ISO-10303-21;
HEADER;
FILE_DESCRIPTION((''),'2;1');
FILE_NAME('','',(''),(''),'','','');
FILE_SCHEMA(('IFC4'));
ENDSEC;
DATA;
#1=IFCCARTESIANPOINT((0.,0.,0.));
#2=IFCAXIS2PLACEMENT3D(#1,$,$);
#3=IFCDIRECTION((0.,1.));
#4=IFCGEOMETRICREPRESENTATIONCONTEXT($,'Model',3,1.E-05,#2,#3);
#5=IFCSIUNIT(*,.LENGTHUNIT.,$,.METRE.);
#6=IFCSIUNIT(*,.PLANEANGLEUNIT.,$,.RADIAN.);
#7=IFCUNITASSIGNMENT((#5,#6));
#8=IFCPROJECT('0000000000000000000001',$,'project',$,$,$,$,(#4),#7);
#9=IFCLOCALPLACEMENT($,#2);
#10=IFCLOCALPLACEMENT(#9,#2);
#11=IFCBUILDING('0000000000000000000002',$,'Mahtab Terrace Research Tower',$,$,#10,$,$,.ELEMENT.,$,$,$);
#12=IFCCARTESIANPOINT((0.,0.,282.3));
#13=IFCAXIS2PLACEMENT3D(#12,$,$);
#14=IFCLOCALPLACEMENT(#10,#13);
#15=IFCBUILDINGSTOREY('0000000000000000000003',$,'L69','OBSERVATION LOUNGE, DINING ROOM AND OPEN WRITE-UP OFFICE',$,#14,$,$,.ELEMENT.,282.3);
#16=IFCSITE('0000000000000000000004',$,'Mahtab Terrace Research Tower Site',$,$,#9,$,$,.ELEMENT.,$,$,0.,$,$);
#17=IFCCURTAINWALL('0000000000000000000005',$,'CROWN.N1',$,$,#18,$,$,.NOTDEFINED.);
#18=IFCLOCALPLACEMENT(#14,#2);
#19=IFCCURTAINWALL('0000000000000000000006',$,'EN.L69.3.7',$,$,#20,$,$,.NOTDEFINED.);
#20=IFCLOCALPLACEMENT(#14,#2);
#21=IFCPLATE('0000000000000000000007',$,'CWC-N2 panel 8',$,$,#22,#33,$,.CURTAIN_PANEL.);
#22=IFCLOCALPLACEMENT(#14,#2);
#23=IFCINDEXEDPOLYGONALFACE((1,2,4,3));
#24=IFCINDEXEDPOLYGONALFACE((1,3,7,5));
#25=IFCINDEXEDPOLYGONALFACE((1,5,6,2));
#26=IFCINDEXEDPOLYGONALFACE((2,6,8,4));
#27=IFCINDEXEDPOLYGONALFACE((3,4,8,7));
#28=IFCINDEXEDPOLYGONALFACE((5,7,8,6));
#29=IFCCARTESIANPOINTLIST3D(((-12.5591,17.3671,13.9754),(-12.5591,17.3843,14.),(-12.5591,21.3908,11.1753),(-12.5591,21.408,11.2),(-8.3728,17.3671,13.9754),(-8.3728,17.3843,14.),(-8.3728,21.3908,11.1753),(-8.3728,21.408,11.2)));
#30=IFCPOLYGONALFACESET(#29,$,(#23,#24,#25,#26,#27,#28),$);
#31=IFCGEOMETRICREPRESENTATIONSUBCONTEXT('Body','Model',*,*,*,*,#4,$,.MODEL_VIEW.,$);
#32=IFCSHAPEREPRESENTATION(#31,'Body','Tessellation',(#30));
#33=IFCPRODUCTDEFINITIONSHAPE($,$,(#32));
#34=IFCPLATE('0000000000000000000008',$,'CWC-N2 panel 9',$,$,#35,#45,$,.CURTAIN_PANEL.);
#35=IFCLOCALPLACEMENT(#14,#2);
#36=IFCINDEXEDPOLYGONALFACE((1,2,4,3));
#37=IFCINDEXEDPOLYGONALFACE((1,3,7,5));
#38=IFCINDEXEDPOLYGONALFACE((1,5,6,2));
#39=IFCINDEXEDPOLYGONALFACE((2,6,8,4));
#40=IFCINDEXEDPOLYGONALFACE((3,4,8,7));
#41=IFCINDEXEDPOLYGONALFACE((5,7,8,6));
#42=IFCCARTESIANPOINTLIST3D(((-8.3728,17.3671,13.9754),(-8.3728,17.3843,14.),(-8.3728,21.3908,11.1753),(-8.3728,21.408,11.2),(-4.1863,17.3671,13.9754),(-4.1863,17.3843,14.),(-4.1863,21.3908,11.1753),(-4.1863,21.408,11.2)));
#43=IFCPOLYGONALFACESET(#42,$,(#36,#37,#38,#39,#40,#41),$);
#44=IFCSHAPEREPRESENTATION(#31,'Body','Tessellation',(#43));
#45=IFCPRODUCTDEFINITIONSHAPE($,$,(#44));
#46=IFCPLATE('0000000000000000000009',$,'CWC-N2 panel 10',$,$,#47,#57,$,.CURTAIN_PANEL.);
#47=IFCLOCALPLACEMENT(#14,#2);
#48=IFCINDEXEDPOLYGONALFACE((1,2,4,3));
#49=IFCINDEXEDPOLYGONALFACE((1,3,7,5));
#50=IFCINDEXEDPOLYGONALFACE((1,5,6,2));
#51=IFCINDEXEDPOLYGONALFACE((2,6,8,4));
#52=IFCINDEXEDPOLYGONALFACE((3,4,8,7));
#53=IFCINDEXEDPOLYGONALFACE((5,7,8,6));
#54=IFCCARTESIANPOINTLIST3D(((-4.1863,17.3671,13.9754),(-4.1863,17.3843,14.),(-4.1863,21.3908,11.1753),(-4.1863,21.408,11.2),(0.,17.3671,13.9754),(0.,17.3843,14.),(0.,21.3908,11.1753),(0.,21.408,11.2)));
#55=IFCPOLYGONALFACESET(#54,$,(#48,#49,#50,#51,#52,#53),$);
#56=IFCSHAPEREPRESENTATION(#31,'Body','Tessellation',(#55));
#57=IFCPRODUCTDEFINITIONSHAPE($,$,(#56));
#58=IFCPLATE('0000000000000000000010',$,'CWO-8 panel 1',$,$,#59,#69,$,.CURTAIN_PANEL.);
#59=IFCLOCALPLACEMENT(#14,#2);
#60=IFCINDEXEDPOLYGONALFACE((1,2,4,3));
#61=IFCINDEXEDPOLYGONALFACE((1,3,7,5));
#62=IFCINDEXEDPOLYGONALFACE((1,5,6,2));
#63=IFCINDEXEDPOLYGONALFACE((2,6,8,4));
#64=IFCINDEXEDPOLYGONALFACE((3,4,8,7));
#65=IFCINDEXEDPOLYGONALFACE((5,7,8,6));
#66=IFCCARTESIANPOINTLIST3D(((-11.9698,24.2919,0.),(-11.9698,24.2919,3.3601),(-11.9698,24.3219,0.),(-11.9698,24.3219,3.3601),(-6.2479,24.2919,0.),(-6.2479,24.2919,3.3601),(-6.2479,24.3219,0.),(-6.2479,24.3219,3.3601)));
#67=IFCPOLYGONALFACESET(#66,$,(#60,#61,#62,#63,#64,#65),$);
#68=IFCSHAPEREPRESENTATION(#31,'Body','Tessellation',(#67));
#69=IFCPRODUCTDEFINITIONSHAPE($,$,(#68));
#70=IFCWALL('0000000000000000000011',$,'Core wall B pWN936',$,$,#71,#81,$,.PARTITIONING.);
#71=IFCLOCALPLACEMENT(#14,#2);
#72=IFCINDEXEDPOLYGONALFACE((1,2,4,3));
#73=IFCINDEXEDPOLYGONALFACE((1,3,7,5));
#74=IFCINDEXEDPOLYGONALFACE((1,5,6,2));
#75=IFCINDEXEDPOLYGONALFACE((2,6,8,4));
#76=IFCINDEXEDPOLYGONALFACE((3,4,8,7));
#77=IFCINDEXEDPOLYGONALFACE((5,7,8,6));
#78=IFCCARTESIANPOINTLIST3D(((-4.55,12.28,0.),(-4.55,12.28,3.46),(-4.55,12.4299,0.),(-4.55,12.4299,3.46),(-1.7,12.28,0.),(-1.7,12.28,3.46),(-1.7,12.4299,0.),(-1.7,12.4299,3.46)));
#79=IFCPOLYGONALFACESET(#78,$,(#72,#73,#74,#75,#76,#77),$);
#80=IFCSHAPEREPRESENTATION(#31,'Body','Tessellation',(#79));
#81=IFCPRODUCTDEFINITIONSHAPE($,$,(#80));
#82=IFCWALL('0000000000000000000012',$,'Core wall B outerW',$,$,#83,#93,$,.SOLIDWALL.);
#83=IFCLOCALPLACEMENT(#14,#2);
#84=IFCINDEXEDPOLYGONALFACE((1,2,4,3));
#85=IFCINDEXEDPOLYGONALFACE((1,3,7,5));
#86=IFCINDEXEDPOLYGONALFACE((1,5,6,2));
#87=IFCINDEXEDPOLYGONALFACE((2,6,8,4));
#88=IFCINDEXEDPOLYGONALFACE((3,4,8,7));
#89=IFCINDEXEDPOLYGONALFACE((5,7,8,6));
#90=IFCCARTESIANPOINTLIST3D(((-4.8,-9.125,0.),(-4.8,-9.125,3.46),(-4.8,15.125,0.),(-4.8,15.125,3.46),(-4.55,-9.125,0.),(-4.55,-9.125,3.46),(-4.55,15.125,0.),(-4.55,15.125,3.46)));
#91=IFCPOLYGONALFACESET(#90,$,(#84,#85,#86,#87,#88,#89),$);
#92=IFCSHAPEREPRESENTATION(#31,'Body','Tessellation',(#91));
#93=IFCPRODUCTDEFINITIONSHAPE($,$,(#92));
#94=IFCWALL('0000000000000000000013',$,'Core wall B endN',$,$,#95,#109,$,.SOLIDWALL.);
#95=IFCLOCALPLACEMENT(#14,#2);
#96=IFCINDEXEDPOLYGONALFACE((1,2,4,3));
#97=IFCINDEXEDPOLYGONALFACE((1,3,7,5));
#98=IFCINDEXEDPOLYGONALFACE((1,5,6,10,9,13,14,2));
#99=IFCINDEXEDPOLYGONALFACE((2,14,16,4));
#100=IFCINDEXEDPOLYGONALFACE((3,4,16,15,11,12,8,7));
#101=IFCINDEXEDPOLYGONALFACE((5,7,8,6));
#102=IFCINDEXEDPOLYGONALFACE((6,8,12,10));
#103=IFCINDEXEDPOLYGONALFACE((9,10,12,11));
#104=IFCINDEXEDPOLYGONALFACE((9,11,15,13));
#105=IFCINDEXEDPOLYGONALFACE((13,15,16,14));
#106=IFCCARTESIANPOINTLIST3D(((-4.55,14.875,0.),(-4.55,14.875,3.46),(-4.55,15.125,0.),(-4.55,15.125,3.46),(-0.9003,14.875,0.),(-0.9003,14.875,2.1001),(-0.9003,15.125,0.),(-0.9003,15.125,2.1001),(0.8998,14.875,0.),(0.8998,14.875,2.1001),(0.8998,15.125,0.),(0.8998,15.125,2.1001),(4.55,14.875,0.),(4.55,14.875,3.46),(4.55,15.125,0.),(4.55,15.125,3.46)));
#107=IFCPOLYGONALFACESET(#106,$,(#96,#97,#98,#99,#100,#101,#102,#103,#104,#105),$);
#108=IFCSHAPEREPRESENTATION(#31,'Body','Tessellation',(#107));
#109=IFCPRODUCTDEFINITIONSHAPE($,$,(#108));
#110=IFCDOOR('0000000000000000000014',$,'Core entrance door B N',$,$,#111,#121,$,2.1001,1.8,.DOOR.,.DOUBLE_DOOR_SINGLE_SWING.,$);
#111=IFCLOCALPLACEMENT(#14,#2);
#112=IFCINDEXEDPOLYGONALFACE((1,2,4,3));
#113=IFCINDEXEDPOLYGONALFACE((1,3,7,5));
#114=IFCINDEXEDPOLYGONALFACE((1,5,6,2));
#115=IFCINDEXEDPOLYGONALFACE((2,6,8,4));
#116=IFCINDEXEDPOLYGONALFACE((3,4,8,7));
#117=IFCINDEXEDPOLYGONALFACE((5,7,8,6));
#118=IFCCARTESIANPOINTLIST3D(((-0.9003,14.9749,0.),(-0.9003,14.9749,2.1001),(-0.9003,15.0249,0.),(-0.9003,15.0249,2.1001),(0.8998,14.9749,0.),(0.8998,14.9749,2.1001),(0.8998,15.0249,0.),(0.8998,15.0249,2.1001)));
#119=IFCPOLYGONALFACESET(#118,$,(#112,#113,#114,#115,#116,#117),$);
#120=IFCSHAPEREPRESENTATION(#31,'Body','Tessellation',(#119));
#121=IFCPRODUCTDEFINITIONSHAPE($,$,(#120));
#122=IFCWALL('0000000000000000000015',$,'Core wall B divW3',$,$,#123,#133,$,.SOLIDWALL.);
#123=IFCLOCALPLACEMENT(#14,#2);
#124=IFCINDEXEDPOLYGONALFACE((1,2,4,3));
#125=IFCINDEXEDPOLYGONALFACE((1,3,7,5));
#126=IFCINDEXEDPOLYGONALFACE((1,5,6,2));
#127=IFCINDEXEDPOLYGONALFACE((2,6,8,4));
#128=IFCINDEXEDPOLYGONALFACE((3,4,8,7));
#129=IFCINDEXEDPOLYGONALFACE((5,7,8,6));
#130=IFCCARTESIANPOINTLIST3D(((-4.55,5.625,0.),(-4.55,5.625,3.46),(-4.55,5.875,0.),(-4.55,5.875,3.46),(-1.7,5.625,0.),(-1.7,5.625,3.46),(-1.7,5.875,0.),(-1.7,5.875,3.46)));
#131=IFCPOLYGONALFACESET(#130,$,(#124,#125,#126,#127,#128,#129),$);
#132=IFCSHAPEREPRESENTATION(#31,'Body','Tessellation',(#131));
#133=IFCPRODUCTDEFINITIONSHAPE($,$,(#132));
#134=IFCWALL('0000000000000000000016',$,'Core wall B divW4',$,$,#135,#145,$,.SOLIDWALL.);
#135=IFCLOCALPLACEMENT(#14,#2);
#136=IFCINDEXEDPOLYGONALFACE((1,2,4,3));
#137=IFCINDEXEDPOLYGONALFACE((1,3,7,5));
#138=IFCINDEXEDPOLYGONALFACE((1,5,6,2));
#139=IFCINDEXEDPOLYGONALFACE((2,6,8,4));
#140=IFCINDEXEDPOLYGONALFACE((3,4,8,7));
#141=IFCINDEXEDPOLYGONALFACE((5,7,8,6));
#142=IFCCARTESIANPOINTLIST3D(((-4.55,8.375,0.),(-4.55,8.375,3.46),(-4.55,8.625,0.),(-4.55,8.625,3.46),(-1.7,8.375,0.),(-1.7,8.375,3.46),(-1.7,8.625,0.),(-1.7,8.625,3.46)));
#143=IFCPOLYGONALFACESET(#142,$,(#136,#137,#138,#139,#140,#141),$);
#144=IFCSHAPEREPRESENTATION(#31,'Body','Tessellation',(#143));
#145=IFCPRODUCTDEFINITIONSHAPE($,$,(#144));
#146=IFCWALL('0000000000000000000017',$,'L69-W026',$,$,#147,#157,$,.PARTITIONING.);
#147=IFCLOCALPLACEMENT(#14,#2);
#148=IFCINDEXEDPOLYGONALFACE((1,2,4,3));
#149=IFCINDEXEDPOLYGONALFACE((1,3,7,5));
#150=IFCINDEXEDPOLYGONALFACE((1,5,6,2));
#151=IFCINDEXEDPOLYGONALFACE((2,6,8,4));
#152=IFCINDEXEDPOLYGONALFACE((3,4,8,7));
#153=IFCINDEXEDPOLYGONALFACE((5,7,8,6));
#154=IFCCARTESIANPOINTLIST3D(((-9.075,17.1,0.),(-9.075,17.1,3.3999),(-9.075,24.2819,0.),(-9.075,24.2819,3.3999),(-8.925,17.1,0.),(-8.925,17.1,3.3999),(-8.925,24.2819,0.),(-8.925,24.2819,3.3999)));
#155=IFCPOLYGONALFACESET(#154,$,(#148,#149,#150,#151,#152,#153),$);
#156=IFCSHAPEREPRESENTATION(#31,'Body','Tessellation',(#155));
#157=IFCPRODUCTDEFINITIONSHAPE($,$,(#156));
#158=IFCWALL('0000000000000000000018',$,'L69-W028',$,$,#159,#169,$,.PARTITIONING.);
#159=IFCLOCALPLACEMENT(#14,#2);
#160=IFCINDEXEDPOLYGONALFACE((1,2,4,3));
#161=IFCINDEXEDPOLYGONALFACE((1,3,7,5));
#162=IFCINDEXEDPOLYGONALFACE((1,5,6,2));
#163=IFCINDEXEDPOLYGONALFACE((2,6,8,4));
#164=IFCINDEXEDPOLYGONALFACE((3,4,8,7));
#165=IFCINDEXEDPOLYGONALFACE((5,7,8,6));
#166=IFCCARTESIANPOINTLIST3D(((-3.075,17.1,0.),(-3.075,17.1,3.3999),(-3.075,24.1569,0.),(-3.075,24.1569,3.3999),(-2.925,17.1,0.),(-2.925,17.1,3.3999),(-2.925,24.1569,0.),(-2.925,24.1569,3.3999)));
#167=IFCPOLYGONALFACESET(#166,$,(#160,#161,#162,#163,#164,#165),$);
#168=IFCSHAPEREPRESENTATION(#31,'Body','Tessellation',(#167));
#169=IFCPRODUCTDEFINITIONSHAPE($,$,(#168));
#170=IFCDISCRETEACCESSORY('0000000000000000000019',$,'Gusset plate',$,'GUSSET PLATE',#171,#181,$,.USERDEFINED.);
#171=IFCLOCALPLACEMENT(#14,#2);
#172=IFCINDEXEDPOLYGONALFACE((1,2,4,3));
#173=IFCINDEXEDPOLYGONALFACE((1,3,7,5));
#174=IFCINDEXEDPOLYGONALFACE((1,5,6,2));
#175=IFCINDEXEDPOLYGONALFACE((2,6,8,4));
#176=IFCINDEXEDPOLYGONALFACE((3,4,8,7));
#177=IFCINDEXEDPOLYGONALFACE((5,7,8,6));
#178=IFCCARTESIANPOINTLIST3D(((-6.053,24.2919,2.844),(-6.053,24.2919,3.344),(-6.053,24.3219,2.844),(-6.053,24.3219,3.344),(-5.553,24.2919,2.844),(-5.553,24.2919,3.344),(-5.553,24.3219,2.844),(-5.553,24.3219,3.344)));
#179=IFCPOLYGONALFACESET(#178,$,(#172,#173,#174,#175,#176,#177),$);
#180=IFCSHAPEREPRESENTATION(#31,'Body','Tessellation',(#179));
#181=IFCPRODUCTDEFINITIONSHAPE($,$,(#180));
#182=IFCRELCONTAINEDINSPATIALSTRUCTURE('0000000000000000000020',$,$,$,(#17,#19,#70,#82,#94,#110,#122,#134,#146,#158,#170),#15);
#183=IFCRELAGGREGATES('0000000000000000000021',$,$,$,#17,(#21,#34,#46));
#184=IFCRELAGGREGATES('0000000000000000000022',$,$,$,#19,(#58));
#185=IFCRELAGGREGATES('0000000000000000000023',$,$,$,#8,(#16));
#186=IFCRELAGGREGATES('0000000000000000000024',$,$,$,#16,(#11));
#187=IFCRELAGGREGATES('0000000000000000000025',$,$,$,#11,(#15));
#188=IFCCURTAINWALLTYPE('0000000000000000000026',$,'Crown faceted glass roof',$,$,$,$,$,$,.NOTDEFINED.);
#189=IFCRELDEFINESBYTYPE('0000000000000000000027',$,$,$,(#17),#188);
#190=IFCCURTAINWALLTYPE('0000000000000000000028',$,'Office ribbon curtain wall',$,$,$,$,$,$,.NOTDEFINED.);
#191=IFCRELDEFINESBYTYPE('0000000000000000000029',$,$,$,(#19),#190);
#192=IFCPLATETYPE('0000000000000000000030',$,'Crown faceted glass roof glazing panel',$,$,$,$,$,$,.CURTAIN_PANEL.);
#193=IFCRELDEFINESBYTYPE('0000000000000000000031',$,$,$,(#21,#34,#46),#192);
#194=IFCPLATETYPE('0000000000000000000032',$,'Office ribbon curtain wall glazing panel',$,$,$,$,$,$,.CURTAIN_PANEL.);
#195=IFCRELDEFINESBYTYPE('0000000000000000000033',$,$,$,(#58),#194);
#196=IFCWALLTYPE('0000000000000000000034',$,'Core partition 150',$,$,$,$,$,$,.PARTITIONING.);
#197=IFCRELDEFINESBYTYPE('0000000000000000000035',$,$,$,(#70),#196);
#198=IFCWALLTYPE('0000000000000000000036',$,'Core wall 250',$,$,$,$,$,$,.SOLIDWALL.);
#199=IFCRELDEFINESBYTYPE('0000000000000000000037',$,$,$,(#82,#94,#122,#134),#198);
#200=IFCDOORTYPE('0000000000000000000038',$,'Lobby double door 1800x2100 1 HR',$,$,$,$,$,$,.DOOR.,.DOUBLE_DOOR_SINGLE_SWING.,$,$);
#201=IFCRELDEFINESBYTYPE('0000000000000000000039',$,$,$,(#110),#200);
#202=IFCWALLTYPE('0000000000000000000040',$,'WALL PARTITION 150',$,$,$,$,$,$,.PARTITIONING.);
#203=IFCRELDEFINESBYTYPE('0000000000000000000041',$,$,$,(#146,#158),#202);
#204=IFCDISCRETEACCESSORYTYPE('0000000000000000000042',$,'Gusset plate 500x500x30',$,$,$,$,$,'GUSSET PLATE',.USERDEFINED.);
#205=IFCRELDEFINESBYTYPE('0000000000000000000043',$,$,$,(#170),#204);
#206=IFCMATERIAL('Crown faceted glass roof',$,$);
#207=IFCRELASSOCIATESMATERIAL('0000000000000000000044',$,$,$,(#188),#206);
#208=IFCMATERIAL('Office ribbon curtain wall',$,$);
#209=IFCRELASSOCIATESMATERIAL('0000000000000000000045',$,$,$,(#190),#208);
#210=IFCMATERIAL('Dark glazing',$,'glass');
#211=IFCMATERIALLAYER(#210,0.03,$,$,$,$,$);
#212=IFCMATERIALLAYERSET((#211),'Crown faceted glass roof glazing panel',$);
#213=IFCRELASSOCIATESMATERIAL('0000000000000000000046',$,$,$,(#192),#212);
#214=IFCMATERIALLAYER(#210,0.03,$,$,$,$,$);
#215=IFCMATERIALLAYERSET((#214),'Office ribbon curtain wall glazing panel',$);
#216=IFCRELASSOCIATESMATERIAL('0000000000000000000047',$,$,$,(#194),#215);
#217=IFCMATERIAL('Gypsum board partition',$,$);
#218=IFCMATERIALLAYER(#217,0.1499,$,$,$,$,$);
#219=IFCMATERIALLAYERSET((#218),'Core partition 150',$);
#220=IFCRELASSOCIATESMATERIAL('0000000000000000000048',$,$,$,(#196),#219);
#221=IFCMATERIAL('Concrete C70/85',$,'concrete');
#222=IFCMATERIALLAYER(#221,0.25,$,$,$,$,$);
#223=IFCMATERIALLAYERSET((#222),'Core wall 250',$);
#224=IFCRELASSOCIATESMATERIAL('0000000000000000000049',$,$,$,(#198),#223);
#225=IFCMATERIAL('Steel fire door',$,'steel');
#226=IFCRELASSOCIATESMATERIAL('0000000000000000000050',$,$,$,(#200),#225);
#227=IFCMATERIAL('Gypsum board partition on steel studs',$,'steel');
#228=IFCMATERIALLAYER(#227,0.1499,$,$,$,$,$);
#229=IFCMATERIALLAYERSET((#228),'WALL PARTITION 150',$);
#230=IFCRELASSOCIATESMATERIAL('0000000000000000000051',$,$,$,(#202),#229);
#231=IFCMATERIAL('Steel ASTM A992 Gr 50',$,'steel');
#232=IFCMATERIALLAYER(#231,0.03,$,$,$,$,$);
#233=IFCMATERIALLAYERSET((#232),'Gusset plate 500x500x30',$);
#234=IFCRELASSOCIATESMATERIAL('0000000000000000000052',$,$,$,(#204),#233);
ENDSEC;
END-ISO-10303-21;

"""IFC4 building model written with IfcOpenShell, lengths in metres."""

from ifc_helpers import new_model, si_unit, direction, frame, frame_2d, origin, origin_2d, place, context, subcontext, project, spatial, polyline, rectangle, outline, extrude, material, layer, layer_set, type_object, element, fill, aggregate, save


model = new_model("IFC4")

# Units and contexts
model_context = context("Model", 3, precision=1e-05, world=origin(), true_north=direction((0.0, 1.0)))
body_context = subcontext(model_context, "Body", "Model", "MODEL_VIEW")
ifc_project = project(units=[si_unit("LENGTHUNIT", "METRE"), si_unit("PLANEANGLEUNIT", "RADIAN")], contexts=[model_context])

# Site, building, storey
site_placement = place(None, origin())
site = spatial("IfcSite", under=ifc_project, at=site_placement, Name="Mahtab Terrace Research Tower Site", CompositionType="ELEMENT", RefElevation=0.0)
building_placement = place(site_placement, origin())
building = spatial("IfcBuilding", under=site, at=building_placement, Name="Mahtab Terrace Research Tower", CompositionType="ELEMENT")
storey_placement = place(building_placement, frame((0.0, 0.0, 282.3)))
storey = spatial("IfcBuildingStorey", under=building, at=storey_placement, Name="L69", Description="OBSERVATION LOUNGE, DINING ROOM AND OPEN WRITE-UP OFFICE", CompositionType="ELEMENT", Elevation=282.3)

# Shared definitions
ifc_material_1 = material(Name="Concrete C70/85", Category="concrete")
ifc_material_2 = material(Name="Steel ASTM A992 Gr 50", Category="steel")

# Curtain wall
ifc_material_3 = material(Name="Crown faceted glass roof")
curtain_wall_type_1 = type_object("IfcCurtainWallType", Name="Crown faceted glass roof", PredefinedType="NOTDEFINED", material=ifc_material_3)
curtain_wall_1_placement = place(storey_placement, origin())
curtain_wall_1 = element("IfcCurtainWall", 1, at=curtain_wall_1_placement, inside=storey, type_object=curtain_wall_type_1, Name="CROWN.N1", PredefinedType="NOTDEFINED")

# Curtain wall
ifc_material_4 = material(Name="Office ribbon curtain wall")
curtain_wall_type_2 = type_object("IfcCurtainWallType", Name="Office ribbon curtain wall", PredefinedType="NOTDEFINED", material=ifc_material_4)
curtain_wall_2_placement = place(storey_placement, origin())
curtain_wall_2 = element("IfcCurtainWall", 2, at=curtain_wall_2_placement, inside=storey, type_object=curtain_wall_type_2, Name="EN.L69.3.7", PredefinedType="NOTDEFINED")

# Plates
ifc_material_5 = material(Name="Dark glazing", Category="glass")
ifc_layer_1 = layer(ifc_material_5, 0.03)
ifc_layer_set_1 = layer_set([ifc_layer_1], Name="Crown faceted glass roof glazing panel")
plate_type_1 = type_object("IfcPlateType", Name="Crown faceted glass roof glazing panel", PredefinedType="CURTAIN_PANEL", material=ifc_layer_set_1)
plate_1_placement = place(storey_placement, frame((-8.3728, 17.3843, 14.0), z_axis=(0.0, 0.571197, 0.820813), x_axis=(0.0, 0.820813, -0.571197)))
plate_1 = element("IfcPlate", 3, at=plate_1_placement, type_object=plate_type_1, Name="CWC-N2 panel 8", PredefinedType="CURTAIN_PANEL", context=body_context, shape_type="SweptSolid", body=[
    extrude(outline(polyline([(0.0, 0.0), (4.9021, 0.0), (4.9021, 4.1863), (0.0, 4.1863), (0.0, 0.0)])), origin(), (0.0, 0.0, -1.0), 0.03),
])
plate_2_placement = place(storey_placement, frame((-4.1863, 17.3843, 14.0), z_axis=(0.0, 0.571197, 0.820813), x_axis=(0.0, 0.820813, -0.571197)))
plate_2 = element("IfcPlate", 4, at=plate_2_placement, type_object=plate_type_1, Name="CWC-N2 panel 9", PredefinedType="CURTAIN_PANEL", context=body_context, shape_type="SweptSolid", body=[
    extrude(outline(polyline([(0.0, 0.0), (4.9021, 0.0), (4.9021, 4.1865), (0.0, 4.1865), (0.0, 0.0)])), origin(), (0.0, 0.0, -1.0), 0.03),
])
plate_3_placement = place(storey_placement, frame((0.0, 17.3843, 14.0), z_axis=(0.0, 0.571197, 0.820813), x_axis=(0.0, 0.820813, -0.571197)))
plate_3 = element("IfcPlate", 5, at=plate_3_placement, type_object=plate_type_1, Name="CWC-N2 panel 10", PredefinedType="CURTAIN_PANEL", context=body_context, shape_type="SweptSolid", body=[
    extrude(outline(polyline([(0.0, 0.0), (4.9021, 0.0), (4.9021, 4.1863), (0.0, 4.1863), (0.0, 0.0)])), origin(), (0.0, 0.0, -1.0), 0.03),
])
aggregate(curtain_wall_1, [plate_1, plate_2, plate_3])
ifc_layer_2 = layer(ifc_material_5, 0.03)
ifc_layer_set_2 = layer_set([ifc_layer_2], Name="Office ribbon curtain wall glazing panel")
plate_type_2 = type_object("IfcPlateType", Name="Office ribbon curtain wall glazing panel", PredefinedType="CURTAIN_PANEL", material=ifc_layer_set_2)
plate_4_placement = place(storey_placement, frame((-9.1089, 24.3069, 0.0), z_axis=(0.0, 0.0, 1.0), x_axis=(-1.0, 0.0, 0.0)))
plate_4 = element("IfcPlate", 6, at=plate_4_placement, type_object=plate_type_2, Name="CWO-8 panel 1", PredefinedType="CURTAIN_PANEL", context=body_context, shape_type="SweptSolid", body=[
    extrude(rectangle(XDim=5.7219, YDim=0.03, at=origin_2d()), origin(), (0.0, 0.0, 1.0), 3.3601),
])
aggregate(curtain_wall_2, [plate_4])

# Walls
ifc_material_6 = material(Name="Gypsum board partition")
ifc_layer_3 = layer(ifc_material_6, 0.1499)
ifc_layer_set_3 = layer_set([ifc_layer_3], Name="Core partition 150")
wall_type_1 = type_object("IfcWallType", Name="Core partition 150", PredefinedType="PARTITIONING", material=ifc_layer_set_3)
wall_1_placement = place(storey_placement, frame((-4.55, 12.355, 0.0), z_axis=(0.0, 0.0, 1.0), x_axis=(1.0, 0.0, 0.0)))
element("IfcWall", 7, at=wall_1_placement, inside=storey, type_object=wall_type_1, Name="Core wall B pWN936", PredefinedType="PARTITIONING", context=body_context, shape_type="SweptSolid", body=[
    extrude(rectangle(XDim=2.8501, YDim=0.1499, at=frame_2d((1.425, 0.0))), origin(), (0.0, 0.0, 1.0), 3.46),
])
ifc_layer_4 = layer(ifc_material_1, 0.25)
ifc_layer_set_4 = layer_set([ifc_layer_4], Name="Core wall 250")
wall_type_2 = type_object("IfcWallType", Name="Core wall 250", PredefinedType="SOLIDWALL", material=ifc_layer_set_4)
wall_2_placement = place(storey_placement, frame((-4.675, 15.125, 0.0), z_axis=(0.0, 0.0, 1.0), x_axis=(0.0, -1.0, 0.0)))
element("IfcWall", 8, at=wall_2_placement, inside=storey, type_object=wall_type_2, Name="Core wall B outerW", PredefinedType="SOLIDWALL", context=body_context, shape_type="SweptSolid", body=[
    extrude(rectangle(XDim=24.25, YDim=0.25, at=frame_2d((12.125, 0.0))), origin(), (0.0, 0.0, 1.0), 3.46),
])

# Wall, opening, door
wall_3_placement = place(storey_placement, frame((-4.55, 15.0, 0.0), z_axis=(0.0, 0.0, 1.0), x_axis=(1.0, 0.0, 0.0)))
wall_3 = element("IfcWall", 9, at=wall_3_placement, inside=storey, type_object=wall_type_2, Name="Core wall B endN", PredefinedType="SOLIDWALL", context=body_context, shape_type="SweptSolid", body=[
    extrude(rectangle(XDim=9.1001, YDim=0.25, at=frame_2d((4.55, 0.0))), origin(), (0.0, 0.0, 1.0), 3.46),
])
opening_placement = place(wall_3_placement, frame((3.6499, 0.0, 0.0)))
opening = element("IfcOpeningElement", 10, at=opening_placement, cuts=wall_3, PredefinedType="OPENING", context=body_context, shape_type="SweptSolid", body=[
    extrude(rectangle(XDim=1.8, YDim=2.1001, at=frame_2d((0.8999, 1.05))), frame((0.0, 0.135, 0.0), z_axis=(0.0, -1.0, 0.0), x_axis=(1.0, 0.0, 0.0)), (0.0, 0.0, 1.0), 0.27),
])
ifc_material_7 = material(Name="Steel fire door", Category="steel")
door_type = type_object("IfcDoorType", Name="Lobby double door 1800x2100 1 HR", OperationType="DOUBLE_DOOR_SINGLE_SWING", PredefinedType="DOOR", material=ifc_material_7)
door_placement = place(opening_placement, origin())
door = element("IfcDoor", 11, at=door_placement, inside=storey, type_object=door_type, Name="Core entrance door B N", OperationType="DOUBLE_DOOR_SINGLE_SWING", OverallHeight=2.1001, OverallWidth=1.8, PredefinedType="DOOR", context=body_context, shape_type="SweptSolid", body=[
    extrude(rectangle(XDim=1.8, YDim=2.1001, at=frame_2d((0.8999, 1.05))), frame((0.0, 0.0249, 0.0), z_axis=(0.0, -1.0, 0.0), x_axis=(1.0, 0.0, 0.0)), (0.0, 0.0, 1.0), 0.05),
])
fill(opening, door)

# Walls
for number, where, z_axis, x_axis, name in (
    (12, (-4.55, 5.75, 0.0), (0.0, 0.0, 1.0), (1.0, 0.0, 0.0), "Core wall B divW3"),
    (13, (-4.55, 8.5, 0.0), (0.0, 0.0, 1.0), (1.0, 0.0, 0.0), "Core wall B divW4"),
):
    element("IfcWall", number, at=place(storey_placement, frame(where, z_axis=z_axis, x_axis=x_axis)), inside=storey, type_object=wall_type_2, Name=name, PredefinedType="SOLIDWALL", context=body_context, shape_type="SweptSolid", body=[
        extrude(rectangle(XDim=2.8501, YDim=0.25, at=frame_2d((1.425, 0.0))), origin(), (0.0, 0.0, 1.0), 3.46),
    ])
ifc_material_8 = material(Name="Gypsum board partition on steel studs", Category="steel")
ifc_layer_5 = layer(ifc_material_8, 0.1499)
ifc_layer_set_5 = layer_set([ifc_layer_5], Name="WALL PARTITION 150")
wall_type_3 = type_object("IfcWallType", Name="WALL PARTITION 150", PredefinedType="PARTITIONING", material=ifc_layer_set_5)
wall_4_placement = place(storey_placement, frame((-9.0, 17.1001, 0.0), z_axis=(0.0, 0.0, 1.0), x_axis=(0.0, 1.0, 0.0)))
element("IfcWall", 14, at=wall_4_placement, inside=storey, type_object=wall_type_3, Name="L69-W026", PredefinedType="PARTITIONING", context=body_context, shape_type="SweptSolid", body=[
    extrude(rectangle(XDim=7.1819, YDim=0.1499, at=frame_2d((3.5908, 0.0))), origin(), (0.0, 0.0, 1.0), 3.3999),
])
wall_5_placement = place(storey_placement, frame((-3.0, 17.1001, 0.0), z_axis=(0.0, 0.0, 1.0), x_axis=(0.0, 1.0, 0.0)))
element("IfcWall", 15, at=wall_5_placement, inside=storey, type_object=wall_type_3, Name="L69-W028", PredefinedType="PARTITIONING", context=body_context, shape_type="SweptSolid", body=[
    extrude(rectangle(XDim=7.0569, YDim=0.1499, at=frame_2d((3.5283, 0.0))), origin(), (0.0, 0.0, 1.0), 3.3999),
])

# Discrete accessory
ifc_layer_6 = layer(ifc_material_2, 0.03)
ifc_layer_set_6 = layer_set([ifc_layer_6], Name="Gusset plate 500x500x30")
discrete_accessory_type = type_object("IfcDiscreteAccessoryType", Name="Gusset plate 500x500x30", ElementType="GUSSET PLATE", PredefinedType="USERDEFINED", material=ifc_layer_set_6)
for number, where, z_axis, x_axis, name in (
    (16, (-5.803, 24.3069, 2.844), (0.0, 0.0, 1.0), (1.0, 0.0, 0.0), "Gusset plate"),
):
    element("IfcDiscreteAccessory", number, at=place(storey_placement, frame(where, z_axis=z_axis, x_axis=x_axis)), inside=storey, type_object=discrete_accessory_type, Name=name, ObjectType="GUSSET PLATE", PredefinedType="USERDEFINED", context=body_context, shape_type="SweptSolid", body=[
        extrude(rectangle(XDim=0.5, YDim=0.03, at=origin_2d()), origin(), (0.0, 0.0, 1.0), 0.5),
    ])

save(model, "model.ifc")
